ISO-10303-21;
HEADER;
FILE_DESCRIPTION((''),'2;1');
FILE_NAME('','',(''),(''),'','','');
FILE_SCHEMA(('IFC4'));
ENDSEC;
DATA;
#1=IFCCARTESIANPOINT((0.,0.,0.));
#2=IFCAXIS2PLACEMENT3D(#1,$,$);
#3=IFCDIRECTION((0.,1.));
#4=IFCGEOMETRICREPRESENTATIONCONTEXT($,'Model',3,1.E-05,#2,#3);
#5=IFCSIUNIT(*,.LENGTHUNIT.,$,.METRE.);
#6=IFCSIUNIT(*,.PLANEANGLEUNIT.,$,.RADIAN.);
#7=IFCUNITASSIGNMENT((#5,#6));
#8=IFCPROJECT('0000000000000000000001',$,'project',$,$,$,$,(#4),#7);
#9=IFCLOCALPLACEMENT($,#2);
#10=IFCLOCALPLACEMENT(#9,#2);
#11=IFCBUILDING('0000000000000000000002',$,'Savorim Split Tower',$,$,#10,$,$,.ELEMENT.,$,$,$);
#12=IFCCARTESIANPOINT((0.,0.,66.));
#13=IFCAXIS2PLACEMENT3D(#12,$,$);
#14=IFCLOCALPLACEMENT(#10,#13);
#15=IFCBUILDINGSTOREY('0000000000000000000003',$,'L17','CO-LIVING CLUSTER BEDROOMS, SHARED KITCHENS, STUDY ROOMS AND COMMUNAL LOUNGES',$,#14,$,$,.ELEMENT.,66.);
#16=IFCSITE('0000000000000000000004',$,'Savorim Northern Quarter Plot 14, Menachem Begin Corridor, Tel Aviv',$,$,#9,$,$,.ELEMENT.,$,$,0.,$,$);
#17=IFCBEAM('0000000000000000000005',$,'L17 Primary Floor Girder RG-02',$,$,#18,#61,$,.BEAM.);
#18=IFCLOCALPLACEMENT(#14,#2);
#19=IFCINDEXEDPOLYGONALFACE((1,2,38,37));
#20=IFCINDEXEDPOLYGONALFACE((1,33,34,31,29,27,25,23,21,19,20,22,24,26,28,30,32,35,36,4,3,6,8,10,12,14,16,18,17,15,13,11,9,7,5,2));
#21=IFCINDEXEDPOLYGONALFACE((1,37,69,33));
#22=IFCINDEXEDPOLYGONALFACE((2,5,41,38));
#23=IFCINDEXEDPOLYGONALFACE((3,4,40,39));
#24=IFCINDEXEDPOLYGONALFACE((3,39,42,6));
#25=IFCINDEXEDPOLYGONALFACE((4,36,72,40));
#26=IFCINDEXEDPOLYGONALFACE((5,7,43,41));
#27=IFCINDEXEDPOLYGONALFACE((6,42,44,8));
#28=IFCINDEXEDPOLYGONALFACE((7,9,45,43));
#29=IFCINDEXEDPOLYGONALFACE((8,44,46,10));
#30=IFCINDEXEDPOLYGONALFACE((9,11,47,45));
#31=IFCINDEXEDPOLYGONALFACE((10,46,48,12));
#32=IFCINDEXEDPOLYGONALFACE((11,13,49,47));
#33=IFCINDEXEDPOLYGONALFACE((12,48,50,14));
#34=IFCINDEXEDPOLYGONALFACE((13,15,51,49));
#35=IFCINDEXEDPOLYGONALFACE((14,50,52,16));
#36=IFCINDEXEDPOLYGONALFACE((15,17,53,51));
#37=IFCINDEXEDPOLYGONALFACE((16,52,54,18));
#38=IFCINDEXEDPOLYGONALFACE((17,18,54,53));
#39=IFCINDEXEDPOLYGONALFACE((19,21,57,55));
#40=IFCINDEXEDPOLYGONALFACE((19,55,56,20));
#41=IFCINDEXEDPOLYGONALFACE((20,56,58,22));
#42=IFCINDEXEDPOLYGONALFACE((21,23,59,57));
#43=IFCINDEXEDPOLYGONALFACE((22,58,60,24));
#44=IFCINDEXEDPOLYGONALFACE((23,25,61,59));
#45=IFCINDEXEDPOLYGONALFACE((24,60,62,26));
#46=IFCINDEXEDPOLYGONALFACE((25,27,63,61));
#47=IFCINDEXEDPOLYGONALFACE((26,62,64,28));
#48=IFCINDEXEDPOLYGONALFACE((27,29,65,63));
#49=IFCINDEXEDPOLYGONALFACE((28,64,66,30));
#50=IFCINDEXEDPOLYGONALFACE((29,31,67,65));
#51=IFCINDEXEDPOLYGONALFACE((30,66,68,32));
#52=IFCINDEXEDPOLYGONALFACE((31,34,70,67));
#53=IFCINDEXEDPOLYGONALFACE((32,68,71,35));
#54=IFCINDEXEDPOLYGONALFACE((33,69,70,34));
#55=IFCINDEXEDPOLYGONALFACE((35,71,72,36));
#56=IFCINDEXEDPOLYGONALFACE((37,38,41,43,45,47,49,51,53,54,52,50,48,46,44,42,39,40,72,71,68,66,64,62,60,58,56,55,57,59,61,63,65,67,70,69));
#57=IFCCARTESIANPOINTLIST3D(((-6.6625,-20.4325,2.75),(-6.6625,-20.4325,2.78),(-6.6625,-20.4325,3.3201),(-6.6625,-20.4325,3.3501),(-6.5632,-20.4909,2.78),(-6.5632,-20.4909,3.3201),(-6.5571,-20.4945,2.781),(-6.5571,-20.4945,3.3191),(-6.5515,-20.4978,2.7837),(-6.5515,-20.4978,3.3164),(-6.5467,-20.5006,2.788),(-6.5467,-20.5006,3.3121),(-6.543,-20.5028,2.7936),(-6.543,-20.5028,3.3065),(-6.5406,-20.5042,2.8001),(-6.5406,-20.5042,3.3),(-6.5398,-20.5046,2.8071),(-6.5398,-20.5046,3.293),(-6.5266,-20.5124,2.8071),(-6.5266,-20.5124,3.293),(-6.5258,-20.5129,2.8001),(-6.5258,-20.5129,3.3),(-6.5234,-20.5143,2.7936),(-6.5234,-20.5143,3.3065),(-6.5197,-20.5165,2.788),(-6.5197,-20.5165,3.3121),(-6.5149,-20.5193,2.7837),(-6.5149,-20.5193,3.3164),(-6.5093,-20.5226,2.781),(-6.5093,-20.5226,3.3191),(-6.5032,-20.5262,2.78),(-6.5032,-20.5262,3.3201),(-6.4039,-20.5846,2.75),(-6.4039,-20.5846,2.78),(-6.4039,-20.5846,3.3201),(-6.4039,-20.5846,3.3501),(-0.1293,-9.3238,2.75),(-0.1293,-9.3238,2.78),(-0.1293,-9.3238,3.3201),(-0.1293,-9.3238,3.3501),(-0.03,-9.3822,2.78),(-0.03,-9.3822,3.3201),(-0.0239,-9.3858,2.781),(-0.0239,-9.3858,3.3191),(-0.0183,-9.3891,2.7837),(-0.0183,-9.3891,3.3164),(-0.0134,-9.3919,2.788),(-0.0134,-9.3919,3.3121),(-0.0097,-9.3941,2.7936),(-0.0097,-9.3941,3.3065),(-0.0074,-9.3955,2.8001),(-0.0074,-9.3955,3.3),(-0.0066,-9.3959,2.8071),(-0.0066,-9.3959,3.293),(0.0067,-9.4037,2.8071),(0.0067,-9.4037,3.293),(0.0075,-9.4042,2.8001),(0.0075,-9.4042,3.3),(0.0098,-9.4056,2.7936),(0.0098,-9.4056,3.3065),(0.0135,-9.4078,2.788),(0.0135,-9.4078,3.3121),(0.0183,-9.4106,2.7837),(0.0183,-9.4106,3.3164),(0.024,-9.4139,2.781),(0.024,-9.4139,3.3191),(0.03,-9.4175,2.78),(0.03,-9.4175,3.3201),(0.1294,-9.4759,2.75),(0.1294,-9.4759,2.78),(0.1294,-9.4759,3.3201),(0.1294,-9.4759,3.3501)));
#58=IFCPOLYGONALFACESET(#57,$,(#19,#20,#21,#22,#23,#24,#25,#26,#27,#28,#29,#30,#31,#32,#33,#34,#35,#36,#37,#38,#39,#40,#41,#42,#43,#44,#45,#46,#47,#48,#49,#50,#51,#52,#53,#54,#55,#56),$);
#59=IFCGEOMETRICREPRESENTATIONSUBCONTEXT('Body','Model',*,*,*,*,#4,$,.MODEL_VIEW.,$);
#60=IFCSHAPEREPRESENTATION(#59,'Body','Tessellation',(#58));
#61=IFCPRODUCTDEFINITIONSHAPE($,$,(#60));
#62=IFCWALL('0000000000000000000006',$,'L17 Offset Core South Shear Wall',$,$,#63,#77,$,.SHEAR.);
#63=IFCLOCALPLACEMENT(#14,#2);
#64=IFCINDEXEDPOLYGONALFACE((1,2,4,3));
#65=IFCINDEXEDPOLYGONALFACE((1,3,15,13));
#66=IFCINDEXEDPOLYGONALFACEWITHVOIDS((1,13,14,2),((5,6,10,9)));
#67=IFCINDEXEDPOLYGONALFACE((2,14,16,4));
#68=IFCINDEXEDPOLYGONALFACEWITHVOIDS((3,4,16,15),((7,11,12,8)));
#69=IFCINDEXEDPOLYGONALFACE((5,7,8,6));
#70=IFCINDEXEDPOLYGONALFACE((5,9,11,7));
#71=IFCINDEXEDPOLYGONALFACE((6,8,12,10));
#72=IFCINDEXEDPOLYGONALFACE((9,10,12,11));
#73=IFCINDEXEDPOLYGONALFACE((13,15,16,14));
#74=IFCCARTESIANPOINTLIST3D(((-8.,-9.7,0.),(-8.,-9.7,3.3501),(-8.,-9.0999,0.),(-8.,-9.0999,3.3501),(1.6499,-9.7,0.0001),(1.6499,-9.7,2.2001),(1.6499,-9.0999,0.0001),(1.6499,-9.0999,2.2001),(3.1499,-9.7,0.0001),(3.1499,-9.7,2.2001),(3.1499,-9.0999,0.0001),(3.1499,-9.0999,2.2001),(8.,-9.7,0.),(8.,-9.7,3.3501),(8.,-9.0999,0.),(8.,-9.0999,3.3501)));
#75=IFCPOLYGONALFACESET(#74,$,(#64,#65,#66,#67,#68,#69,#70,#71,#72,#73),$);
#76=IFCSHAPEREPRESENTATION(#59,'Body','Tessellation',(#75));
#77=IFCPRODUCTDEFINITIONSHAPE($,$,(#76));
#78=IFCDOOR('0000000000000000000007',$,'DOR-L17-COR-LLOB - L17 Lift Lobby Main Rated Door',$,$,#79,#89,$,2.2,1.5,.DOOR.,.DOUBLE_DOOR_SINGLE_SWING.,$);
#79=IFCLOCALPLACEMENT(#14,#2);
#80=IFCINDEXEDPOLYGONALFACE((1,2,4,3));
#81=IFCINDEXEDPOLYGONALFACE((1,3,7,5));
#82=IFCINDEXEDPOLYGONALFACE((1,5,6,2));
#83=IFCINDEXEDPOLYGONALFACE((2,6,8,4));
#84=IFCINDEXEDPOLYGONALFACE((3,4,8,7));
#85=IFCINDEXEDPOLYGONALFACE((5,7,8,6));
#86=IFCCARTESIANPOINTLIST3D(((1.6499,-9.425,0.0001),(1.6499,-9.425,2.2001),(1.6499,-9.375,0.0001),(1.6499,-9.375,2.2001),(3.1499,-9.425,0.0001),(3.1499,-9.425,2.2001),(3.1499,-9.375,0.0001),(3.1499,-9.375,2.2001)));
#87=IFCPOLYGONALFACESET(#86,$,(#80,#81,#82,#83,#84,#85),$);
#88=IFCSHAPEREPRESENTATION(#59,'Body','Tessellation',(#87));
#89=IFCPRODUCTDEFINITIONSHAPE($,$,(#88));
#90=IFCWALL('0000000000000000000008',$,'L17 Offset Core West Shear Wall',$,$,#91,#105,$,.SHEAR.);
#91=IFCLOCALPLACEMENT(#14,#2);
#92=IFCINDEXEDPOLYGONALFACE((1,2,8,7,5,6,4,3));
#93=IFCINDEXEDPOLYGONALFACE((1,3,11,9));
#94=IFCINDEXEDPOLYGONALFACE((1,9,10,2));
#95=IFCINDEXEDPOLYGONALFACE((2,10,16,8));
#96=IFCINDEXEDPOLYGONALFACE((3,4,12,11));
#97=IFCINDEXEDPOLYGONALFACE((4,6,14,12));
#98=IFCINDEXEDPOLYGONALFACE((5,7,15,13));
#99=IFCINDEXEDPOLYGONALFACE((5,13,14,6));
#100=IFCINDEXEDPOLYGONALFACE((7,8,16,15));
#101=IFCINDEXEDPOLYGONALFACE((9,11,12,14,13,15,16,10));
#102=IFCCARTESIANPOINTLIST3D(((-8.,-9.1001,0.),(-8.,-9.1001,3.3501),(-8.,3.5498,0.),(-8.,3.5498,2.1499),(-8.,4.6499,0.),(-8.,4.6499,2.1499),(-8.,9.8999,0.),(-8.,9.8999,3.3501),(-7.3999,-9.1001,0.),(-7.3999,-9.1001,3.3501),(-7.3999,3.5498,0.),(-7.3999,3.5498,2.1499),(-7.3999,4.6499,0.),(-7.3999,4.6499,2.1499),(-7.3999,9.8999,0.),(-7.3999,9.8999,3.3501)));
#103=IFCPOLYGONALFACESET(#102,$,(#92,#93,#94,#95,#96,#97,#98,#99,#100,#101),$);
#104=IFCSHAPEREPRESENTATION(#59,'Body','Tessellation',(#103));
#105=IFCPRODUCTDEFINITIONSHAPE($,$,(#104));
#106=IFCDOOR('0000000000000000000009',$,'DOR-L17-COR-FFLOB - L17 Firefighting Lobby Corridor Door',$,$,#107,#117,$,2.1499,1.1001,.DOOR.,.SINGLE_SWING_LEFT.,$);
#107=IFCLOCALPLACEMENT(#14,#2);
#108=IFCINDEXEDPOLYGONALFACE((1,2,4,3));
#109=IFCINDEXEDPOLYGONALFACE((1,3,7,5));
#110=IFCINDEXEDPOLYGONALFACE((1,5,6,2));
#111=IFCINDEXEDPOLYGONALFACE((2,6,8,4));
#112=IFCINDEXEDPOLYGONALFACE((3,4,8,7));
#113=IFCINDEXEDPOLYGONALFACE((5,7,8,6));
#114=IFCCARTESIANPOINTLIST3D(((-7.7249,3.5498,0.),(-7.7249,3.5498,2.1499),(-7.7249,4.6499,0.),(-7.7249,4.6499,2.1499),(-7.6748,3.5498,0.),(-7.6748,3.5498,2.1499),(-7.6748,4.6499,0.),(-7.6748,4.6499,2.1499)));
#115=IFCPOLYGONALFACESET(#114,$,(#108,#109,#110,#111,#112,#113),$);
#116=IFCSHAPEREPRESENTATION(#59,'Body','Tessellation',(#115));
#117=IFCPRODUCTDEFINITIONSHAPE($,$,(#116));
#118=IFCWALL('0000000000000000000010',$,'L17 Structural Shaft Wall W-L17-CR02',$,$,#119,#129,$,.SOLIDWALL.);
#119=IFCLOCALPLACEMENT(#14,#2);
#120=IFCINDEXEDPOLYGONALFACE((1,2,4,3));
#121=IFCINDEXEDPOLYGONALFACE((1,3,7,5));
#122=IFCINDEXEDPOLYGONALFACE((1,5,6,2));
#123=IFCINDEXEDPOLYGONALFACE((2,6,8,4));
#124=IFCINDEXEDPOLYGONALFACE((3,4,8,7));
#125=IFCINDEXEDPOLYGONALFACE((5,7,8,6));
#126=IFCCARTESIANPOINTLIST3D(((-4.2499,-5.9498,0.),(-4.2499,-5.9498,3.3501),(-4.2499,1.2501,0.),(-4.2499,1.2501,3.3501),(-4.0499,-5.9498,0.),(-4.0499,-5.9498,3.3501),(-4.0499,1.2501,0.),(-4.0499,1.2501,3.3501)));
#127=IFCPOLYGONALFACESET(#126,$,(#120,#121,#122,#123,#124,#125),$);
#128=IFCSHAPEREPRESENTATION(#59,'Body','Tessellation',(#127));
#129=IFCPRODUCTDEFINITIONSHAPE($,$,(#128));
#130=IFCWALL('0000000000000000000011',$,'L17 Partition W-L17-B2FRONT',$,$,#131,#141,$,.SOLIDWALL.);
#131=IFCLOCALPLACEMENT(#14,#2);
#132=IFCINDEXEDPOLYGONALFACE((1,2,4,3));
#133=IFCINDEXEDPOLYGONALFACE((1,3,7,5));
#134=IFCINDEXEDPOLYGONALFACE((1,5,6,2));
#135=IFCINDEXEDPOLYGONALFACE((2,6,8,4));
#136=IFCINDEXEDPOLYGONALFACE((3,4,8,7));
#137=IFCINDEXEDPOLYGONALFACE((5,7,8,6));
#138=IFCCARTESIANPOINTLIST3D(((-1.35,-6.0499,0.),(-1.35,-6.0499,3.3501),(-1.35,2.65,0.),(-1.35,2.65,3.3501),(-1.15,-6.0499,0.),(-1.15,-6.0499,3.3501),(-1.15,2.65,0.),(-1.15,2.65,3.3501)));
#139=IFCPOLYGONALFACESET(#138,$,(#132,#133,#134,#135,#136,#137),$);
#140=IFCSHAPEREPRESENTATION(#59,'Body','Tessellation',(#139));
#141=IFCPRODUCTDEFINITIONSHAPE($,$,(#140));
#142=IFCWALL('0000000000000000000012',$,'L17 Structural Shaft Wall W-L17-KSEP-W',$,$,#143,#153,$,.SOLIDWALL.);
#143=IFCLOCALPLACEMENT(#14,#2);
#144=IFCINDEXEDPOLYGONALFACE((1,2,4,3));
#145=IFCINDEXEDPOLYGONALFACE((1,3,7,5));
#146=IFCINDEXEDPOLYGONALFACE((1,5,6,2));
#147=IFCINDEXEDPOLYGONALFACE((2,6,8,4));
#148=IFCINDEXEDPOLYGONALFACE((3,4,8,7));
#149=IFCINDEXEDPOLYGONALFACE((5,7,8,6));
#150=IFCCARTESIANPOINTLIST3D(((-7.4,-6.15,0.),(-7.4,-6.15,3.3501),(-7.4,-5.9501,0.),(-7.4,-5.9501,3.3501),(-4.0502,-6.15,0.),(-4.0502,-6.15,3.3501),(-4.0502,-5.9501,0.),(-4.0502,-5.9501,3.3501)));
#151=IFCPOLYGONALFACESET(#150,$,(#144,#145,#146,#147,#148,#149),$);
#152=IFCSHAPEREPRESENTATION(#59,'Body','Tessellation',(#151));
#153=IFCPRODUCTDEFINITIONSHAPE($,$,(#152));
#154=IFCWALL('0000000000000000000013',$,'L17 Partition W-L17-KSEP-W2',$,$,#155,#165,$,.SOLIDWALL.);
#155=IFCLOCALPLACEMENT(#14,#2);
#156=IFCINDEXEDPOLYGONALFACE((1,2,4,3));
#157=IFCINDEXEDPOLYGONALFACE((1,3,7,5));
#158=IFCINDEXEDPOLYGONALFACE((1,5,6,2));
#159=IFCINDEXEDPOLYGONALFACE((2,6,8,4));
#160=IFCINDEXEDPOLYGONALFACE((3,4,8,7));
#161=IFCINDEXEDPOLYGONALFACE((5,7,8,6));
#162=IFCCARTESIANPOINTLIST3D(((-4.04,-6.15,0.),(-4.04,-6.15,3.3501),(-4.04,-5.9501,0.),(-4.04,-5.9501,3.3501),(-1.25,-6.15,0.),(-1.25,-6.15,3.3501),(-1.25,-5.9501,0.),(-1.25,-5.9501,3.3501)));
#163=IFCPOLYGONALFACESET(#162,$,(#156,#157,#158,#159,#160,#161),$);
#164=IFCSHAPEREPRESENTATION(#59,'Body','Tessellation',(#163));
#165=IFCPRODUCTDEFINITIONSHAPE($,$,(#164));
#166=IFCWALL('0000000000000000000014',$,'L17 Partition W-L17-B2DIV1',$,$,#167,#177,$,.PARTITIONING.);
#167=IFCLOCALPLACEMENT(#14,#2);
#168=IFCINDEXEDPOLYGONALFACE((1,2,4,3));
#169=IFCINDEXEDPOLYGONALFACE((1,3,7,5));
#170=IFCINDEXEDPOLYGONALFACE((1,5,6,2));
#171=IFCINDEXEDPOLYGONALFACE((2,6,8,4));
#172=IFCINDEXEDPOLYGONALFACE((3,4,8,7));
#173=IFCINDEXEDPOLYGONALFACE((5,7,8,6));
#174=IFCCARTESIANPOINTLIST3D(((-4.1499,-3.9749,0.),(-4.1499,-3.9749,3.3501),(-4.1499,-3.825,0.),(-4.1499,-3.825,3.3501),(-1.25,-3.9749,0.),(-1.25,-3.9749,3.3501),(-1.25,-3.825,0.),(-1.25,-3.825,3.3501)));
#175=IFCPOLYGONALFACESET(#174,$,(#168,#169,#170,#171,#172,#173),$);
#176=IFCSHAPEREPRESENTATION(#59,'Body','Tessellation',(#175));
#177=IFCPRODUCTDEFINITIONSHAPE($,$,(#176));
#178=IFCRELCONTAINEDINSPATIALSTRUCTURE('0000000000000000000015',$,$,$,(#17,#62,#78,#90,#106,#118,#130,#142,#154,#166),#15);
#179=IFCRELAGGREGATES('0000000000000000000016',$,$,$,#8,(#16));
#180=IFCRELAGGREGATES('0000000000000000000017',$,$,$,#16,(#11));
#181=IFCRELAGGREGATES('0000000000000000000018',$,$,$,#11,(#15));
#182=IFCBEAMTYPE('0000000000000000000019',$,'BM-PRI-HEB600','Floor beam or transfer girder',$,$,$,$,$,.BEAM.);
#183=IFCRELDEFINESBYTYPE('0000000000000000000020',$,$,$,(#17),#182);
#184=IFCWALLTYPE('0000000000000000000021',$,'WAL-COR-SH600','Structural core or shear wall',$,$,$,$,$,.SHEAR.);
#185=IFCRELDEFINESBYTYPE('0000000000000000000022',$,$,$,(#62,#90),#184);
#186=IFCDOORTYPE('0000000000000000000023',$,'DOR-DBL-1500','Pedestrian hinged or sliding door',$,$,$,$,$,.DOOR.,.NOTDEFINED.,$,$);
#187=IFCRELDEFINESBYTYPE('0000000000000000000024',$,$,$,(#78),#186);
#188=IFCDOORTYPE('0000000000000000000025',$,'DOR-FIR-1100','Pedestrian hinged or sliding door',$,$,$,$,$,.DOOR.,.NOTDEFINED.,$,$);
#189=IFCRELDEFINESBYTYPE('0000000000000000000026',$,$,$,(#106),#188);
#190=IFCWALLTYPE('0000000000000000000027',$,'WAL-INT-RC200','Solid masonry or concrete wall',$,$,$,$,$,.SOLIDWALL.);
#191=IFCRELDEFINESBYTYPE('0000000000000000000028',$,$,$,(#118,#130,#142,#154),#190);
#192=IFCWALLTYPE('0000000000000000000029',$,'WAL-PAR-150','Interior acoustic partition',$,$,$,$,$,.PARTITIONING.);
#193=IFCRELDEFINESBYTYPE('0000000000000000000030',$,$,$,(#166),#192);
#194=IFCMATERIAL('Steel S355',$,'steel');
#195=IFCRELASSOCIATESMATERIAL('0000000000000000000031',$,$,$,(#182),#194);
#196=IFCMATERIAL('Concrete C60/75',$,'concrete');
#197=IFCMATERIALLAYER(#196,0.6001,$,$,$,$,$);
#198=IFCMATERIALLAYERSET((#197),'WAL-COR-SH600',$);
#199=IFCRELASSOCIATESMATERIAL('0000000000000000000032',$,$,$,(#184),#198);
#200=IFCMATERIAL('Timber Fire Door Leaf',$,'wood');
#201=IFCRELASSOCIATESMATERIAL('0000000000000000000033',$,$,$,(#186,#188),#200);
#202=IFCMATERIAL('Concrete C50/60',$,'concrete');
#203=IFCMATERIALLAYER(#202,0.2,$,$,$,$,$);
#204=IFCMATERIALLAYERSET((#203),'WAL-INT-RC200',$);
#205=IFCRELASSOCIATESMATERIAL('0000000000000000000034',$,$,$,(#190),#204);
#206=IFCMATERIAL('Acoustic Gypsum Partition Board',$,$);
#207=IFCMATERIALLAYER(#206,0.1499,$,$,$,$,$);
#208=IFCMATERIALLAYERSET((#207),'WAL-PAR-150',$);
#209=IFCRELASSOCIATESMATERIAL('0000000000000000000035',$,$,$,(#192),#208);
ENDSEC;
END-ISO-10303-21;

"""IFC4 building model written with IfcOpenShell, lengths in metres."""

from ifc_helpers import new_model, si_unit, direction, frame, frame_2d, origin, origin_2d, place, context, subcontext, project, spatial, rectangle, i_section, extrude, material, layer, layer_set, material_profile, profile_set, type_object, element, fill, save


model = new_model("IFC4")

# Units and contexts
model_context = context("Model", 3, precision=1e-05, world=origin(), true_north=direction((0.0, 1.0)))
body_context = subcontext(model_context, "Body", "Model", "MODEL_VIEW")
ifc_project = project(units=[si_unit("LENGTHUNIT", "METRE"), si_unit("PLANEANGLEUNIT", "RADIAN")], contexts=[model_context])

# Site, building, storey
site_placement = place(None, origin())
site = spatial("IfcSite", under=ifc_project, at=site_placement, Name="Savorim Northern Quarter Plot 14, Menachem Begin Corridor, Tel Aviv", CompositionType="ELEMENT", RefElevation=0.0)
building_placement = place(site_placement, origin())
building = spatial("IfcBuilding", under=site, at=building_placement, Name="Savorim Split Tower", CompositionType="ELEMENT")
storey_placement = place(building_placement, frame((0.0, 0.0, 66.0)))
storey = spatial("IfcBuildingStorey", under=building, at=storey_placement, Name="L17", Description="CO-LIVING CLUSTER BEDROOMS, SHARED KITCHENS, STUDY ROOMS AND COMMUNAL LOUNGES", CompositionType="ELEMENT", Elevation=66.0)

# Beam
ifc_material_1 = material(Name="Steel S355", Category="steel")
ifc_material_profile_1 = material_profile(ifc_material_1, i_section(OverallWidth=0.3, OverallDepth=0.6001, WebThickness=0.0154, FlangeThickness=0.03, FilletRadius=0.0271, at=origin_2d()), Name="HEB 600")
ifc_profile_set_1 = profile_set([ifc_material_profile_1], Name="Steel S355")
beam_type_1 = type_object("IfcBeamType", Name="BM-PRI-HEB600", Description="Floor beam or transfer girder", PredefinedType="BEAM", material=ifc_profile_set_1)
beam_1_placement = place(storey_placement, frame((-6.5332, -20.5085, 3.05), z_axis=(0.506946, 0.861978, 0.0), x_axis=(-0.861978, 0.506946, 0.0)))
element("IfcBeam", 1, at=beam_1_placement, inside=storey, type_object=beam_type_1, Name="L17 Primary Floor Girder RG-02", PredefinedType="BEAM", context=body_context, shape_type="SweptSolid", body=[
    extrude(i_section(OverallWidth=0.3, OverallDepth=0.6001, WebThickness=0.0154, FlangeThickness=0.03, FilletRadius=0.0271, at=origin_2d()), origin(), (0.0, 0.0, 1.0), 12.8875),
])

# Walls, openings, doors
ifc_material_2 = material(Name="Concrete C60/75", Category="concrete")
ifc_layer_1 = layer(ifc_material_2, 0.6001)
ifc_layer_set_1 = layer_set([ifc_layer_1], Name="WAL-COR-SH600")
wall_type_1 = type_object("IfcWallType", Name="WAL-COR-SH600", Description="Structural core or shear wall", PredefinedType="SHEAR", material=ifc_layer_set_1)
wall_1_placement = place(storey_placement, frame((-8.0, -9.3999, 0.0), z_axis=(0.0, 0.0, 1.0), x_axis=(1.0, 0.0, 0.0)))
wall_1 = element("IfcWall", 2, at=wall_1_placement, inside=storey, type_object=wall_type_1, Name="L17 Offset Core South Shear Wall", PredefinedType="SHEAR", context=body_context, shape_type="SweptSolid", body=[
    extrude(rectangle(XDim=16.0, YDim=0.6001, at=frame_2d((8.0, 0.0))), origin(), (0.0, 0.0, 1.0), 3.3501),
])
opening_1_placement = place(wall_1_placement, frame((9.6499, 0.0, 0.0)))
opening_1 = element("IfcOpeningElement", 3, at=opening_1_placement, cuts=wall_1, PredefinedType="OPENING", context=body_context, shape_type="SweptSolid", body=[
    extrude(rectangle(XDim=1.5, YDim=2.2, at=frame_2d((0.75, 1.1001))), frame((0.0, 0.3101, 0.0), z_axis=(0.0, -1.0, 0.0), x_axis=(1.0, 0.0, 0.0)), (0.0, 0.0, 1.0), 0.6201),
])
ifc_material_3 = material(Name="Timber Fire Door Leaf", Category="wood")
door_type_1 = type_object("IfcDoorType", Name="DOR-DBL-1500", Description="Pedestrian hinged or sliding door", OperationType="NOTDEFINED", PredefinedType="DOOR", material=ifc_material_3)
door_1_placement = place(opening_1_placement, origin())
door_1 = element("IfcDoor", 4, at=door_1_placement, inside=storey, type_object=door_type_1, Name="DOR-L17-COR-LLOB - L17 Lift Lobby Main Rated Door", OperationType="DOUBLE_DOOR_SINGLE_SWING", OverallHeight=2.2, OverallWidth=1.5, PredefinedType="DOOR", context=body_context, shape_type="SweptSolid", body=[
    extrude(rectangle(XDim=1.5, YDim=2.2, at=frame_2d((0.75, 1.1001))), frame((0.0, 0.0249, 0.0), z_axis=(0.0, -1.0, 0.0), x_axis=(1.0, 0.0, 0.0)), (0.0, 0.0, 1.0), 0.05),
])
fill(opening_1, door_1)
wall_2_placement = place(storey_placement, frame((-7.7, -9.1001, 0.0), z_axis=(0.0, 0.0, 1.0), x_axis=(0.0, 1.0, 0.0)))
wall_2 = element("IfcWall", 5, at=wall_2_placement, inside=storey, type_object=wall_type_1, Name="L17 Offset Core West Shear Wall", PredefinedType="SHEAR", context=body_context, shape_type="SweptSolid", body=[
    extrude(rectangle(XDim=19.0, YDim=0.6001, at=frame_2d((9.5, 0.0))), origin(), (0.0, 0.0, 1.0), 3.3501),
])
opening_2_placement = place(wall_2_placement, frame((12.6499, 0.0, 0.0)))
opening_2 = element("IfcOpeningElement", 6, at=opening_2_placement, cuts=wall_2, PredefinedType="OPENING", context=body_context, shape_type="SweptSolid", body=[
    extrude(rectangle(XDim=1.1001, YDim=2.1499, at=frame_2d((0.55, 1.075))), frame((0.0, 0.3101, 0.0), z_axis=(0.0, -1.0, 0.0), x_axis=(1.0, 0.0, 0.0)), (0.0, 0.0, 1.0), 0.6201),
])
door_type_2 = type_object("IfcDoorType", Name="DOR-FIR-1100", Description="Pedestrian hinged or sliding door", OperationType="NOTDEFINED", PredefinedType="DOOR", material=ifc_material_3)
door_2_placement = place(opening_2_placement, origin())
door_2 = element("IfcDoor", 7, at=door_2_placement, inside=storey, type_object=door_type_2, Name="DOR-L17-COR-FFLOB - L17 Firefighting Lobby Corridor Door", OperationType="SINGLE_SWING_LEFT", OverallHeight=2.1499, OverallWidth=1.1001, PredefinedType="DOOR", context=body_context, shape_type="SweptSolid", body=[
    extrude(rectangle(XDim=1.1001, YDim=2.1499, at=frame_2d((0.55, 1.075))), frame((0.0, 0.0249, 0.0), z_axis=(0.0, -1.0, 0.0), x_axis=(1.0, 0.0, 0.0)), (0.0, 0.0, 1.0), 0.05),
])
fill(opening_2, door_2)

# Walls
ifc_material_4 = material(Name="Concrete C50/60", Category="concrete")
ifc_layer_2 = layer(ifc_material_4, 0.2)
ifc_layer_set_2 = layer_set([ifc_layer_2], Name="WAL-INT-RC200")
wall_type_2 = type_object("IfcWallType", Name="WAL-INT-RC200", Description="Solid masonry or concrete wall", PredefinedType="SOLIDWALL", material=ifc_layer_set_2)
wall_3_placement = place(storey_placement, frame((-4.1499, -5.95, 0.0), z_axis=(0.0, 0.0, 1.0), x_axis=(0.0, 1.0, 0.0)))
element("IfcWall", 8, at=wall_3_placement, inside=storey, type_object=wall_type_2, Name="L17 Structural Shaft Wall W-L17-CR02", PredefinedType="SOLIDWALL", context=body_context, shape_type="SweptSolid", body=[
    extrude(rectangle(XDim=7.2, YDim=0.2, at=frame_2d((3.6001, 0.0))), origin(), (0.0, 0.0, 1.0), 3.3501),
])
wall_4_placement = place(storey_placement, frame((-1.25, -6.05, 0.0), z_axis=(0.0, 0.0, 1.0), x_axis=(0.0, 1.0, 0.0)))
element("IfcWall", 9, at=wall_4_placement, inside=storey, type_object=wall_type_2, Name="L17 Partition W-L17-B2FRONT", PredefinedType="SOLIDWALL", context=body_context, shape_type="SweptSolid", body=[
    extrude(rectangle(XDim=8.7, YDim=0.2, at=frame_2d((4.3501, 0.0))), origin(), (0.0, 0.0, 1.0), 3.3501),
])
wall_5_placement = place(storey_placement, frame((-7.3999, -6.05, 0.0), z_axis=(0.0, 0.0, 1.0), x_axis=(1.0, 0.0, 0.0)))
element("IfcWall", 10, at=wall_5_placement, inside=storey, type_object=wall_type_2, Name="L17 Structural Shaft Wall W-L17-KSEP-W", PredefinedType="SOLIDWALL", context=body_context, shape_type="SweptSolid", body=[
    extrude(rectangle(XDim=3.3499, YDim=0.2, at=frame_2d((1.6748, 0.0))), origin(), (0.0, 0.0, 1.0), 3.3501),
])
wall_6_placement = place(storey_placement, frame((-4.04, -6.05, 0.0), z_axis=(0.0, 0.0, 1.0), x_axis=(1.0, 0.0, 0.0)))
element("IfcWall", 11, at=wall_6_placement, inside=storey, type_object=wall_type_2, Name="L17 Partition W-L17-KSEP-W2", PredefinedType="SOLIDWALL", context=body_context, shape_type="SweptSolid", body=[
    extrude(rectangle(XDim=2.79, YDim=0.2, at=frame_2d((1.395, 0.0))), origin(), (0.0, 0.0, 1.0), 3.3501),
])
ifc_material_5 = material(Name="Acoustic Gypsum Partition Board")
ifc_layer_3 = layer(ifc_material_5, 0.1499)
ifc_layer_set_3 = layer_set([ifc_layer_3], Name="WAL-PAR-150")
wall_type_3 = type_object("IfcWallType", Name="WAL-PAR-150", Description="Interior acoustic partition", PredefinedType="PARTITIONING", material=ifc_layer_set_3)
wall_7_placement = place(storey_placement, frame((-4.1499, -3.8999, 0.0), z_axis=(0.0, 0.0, 1.0), x_axis=(1.0, 0.0, 0.0)))
element("IfcWall", 12, at=wall_7_placement, inside=storey, type_object=wall_type_3, Name="L17 Partition W-L17-B2DIV1", PredefinedType="PARTITIONING", context=body_context, shape_type="SweptSolid", body=[
    extrude(rectangle(XDim=2.8999, YDim=0.1499, at=frame_2d((1.45, 0.0))), origin(), (0.0, 0.0, 1.0), 3.3501),
])

save(model, "model.ifc")
